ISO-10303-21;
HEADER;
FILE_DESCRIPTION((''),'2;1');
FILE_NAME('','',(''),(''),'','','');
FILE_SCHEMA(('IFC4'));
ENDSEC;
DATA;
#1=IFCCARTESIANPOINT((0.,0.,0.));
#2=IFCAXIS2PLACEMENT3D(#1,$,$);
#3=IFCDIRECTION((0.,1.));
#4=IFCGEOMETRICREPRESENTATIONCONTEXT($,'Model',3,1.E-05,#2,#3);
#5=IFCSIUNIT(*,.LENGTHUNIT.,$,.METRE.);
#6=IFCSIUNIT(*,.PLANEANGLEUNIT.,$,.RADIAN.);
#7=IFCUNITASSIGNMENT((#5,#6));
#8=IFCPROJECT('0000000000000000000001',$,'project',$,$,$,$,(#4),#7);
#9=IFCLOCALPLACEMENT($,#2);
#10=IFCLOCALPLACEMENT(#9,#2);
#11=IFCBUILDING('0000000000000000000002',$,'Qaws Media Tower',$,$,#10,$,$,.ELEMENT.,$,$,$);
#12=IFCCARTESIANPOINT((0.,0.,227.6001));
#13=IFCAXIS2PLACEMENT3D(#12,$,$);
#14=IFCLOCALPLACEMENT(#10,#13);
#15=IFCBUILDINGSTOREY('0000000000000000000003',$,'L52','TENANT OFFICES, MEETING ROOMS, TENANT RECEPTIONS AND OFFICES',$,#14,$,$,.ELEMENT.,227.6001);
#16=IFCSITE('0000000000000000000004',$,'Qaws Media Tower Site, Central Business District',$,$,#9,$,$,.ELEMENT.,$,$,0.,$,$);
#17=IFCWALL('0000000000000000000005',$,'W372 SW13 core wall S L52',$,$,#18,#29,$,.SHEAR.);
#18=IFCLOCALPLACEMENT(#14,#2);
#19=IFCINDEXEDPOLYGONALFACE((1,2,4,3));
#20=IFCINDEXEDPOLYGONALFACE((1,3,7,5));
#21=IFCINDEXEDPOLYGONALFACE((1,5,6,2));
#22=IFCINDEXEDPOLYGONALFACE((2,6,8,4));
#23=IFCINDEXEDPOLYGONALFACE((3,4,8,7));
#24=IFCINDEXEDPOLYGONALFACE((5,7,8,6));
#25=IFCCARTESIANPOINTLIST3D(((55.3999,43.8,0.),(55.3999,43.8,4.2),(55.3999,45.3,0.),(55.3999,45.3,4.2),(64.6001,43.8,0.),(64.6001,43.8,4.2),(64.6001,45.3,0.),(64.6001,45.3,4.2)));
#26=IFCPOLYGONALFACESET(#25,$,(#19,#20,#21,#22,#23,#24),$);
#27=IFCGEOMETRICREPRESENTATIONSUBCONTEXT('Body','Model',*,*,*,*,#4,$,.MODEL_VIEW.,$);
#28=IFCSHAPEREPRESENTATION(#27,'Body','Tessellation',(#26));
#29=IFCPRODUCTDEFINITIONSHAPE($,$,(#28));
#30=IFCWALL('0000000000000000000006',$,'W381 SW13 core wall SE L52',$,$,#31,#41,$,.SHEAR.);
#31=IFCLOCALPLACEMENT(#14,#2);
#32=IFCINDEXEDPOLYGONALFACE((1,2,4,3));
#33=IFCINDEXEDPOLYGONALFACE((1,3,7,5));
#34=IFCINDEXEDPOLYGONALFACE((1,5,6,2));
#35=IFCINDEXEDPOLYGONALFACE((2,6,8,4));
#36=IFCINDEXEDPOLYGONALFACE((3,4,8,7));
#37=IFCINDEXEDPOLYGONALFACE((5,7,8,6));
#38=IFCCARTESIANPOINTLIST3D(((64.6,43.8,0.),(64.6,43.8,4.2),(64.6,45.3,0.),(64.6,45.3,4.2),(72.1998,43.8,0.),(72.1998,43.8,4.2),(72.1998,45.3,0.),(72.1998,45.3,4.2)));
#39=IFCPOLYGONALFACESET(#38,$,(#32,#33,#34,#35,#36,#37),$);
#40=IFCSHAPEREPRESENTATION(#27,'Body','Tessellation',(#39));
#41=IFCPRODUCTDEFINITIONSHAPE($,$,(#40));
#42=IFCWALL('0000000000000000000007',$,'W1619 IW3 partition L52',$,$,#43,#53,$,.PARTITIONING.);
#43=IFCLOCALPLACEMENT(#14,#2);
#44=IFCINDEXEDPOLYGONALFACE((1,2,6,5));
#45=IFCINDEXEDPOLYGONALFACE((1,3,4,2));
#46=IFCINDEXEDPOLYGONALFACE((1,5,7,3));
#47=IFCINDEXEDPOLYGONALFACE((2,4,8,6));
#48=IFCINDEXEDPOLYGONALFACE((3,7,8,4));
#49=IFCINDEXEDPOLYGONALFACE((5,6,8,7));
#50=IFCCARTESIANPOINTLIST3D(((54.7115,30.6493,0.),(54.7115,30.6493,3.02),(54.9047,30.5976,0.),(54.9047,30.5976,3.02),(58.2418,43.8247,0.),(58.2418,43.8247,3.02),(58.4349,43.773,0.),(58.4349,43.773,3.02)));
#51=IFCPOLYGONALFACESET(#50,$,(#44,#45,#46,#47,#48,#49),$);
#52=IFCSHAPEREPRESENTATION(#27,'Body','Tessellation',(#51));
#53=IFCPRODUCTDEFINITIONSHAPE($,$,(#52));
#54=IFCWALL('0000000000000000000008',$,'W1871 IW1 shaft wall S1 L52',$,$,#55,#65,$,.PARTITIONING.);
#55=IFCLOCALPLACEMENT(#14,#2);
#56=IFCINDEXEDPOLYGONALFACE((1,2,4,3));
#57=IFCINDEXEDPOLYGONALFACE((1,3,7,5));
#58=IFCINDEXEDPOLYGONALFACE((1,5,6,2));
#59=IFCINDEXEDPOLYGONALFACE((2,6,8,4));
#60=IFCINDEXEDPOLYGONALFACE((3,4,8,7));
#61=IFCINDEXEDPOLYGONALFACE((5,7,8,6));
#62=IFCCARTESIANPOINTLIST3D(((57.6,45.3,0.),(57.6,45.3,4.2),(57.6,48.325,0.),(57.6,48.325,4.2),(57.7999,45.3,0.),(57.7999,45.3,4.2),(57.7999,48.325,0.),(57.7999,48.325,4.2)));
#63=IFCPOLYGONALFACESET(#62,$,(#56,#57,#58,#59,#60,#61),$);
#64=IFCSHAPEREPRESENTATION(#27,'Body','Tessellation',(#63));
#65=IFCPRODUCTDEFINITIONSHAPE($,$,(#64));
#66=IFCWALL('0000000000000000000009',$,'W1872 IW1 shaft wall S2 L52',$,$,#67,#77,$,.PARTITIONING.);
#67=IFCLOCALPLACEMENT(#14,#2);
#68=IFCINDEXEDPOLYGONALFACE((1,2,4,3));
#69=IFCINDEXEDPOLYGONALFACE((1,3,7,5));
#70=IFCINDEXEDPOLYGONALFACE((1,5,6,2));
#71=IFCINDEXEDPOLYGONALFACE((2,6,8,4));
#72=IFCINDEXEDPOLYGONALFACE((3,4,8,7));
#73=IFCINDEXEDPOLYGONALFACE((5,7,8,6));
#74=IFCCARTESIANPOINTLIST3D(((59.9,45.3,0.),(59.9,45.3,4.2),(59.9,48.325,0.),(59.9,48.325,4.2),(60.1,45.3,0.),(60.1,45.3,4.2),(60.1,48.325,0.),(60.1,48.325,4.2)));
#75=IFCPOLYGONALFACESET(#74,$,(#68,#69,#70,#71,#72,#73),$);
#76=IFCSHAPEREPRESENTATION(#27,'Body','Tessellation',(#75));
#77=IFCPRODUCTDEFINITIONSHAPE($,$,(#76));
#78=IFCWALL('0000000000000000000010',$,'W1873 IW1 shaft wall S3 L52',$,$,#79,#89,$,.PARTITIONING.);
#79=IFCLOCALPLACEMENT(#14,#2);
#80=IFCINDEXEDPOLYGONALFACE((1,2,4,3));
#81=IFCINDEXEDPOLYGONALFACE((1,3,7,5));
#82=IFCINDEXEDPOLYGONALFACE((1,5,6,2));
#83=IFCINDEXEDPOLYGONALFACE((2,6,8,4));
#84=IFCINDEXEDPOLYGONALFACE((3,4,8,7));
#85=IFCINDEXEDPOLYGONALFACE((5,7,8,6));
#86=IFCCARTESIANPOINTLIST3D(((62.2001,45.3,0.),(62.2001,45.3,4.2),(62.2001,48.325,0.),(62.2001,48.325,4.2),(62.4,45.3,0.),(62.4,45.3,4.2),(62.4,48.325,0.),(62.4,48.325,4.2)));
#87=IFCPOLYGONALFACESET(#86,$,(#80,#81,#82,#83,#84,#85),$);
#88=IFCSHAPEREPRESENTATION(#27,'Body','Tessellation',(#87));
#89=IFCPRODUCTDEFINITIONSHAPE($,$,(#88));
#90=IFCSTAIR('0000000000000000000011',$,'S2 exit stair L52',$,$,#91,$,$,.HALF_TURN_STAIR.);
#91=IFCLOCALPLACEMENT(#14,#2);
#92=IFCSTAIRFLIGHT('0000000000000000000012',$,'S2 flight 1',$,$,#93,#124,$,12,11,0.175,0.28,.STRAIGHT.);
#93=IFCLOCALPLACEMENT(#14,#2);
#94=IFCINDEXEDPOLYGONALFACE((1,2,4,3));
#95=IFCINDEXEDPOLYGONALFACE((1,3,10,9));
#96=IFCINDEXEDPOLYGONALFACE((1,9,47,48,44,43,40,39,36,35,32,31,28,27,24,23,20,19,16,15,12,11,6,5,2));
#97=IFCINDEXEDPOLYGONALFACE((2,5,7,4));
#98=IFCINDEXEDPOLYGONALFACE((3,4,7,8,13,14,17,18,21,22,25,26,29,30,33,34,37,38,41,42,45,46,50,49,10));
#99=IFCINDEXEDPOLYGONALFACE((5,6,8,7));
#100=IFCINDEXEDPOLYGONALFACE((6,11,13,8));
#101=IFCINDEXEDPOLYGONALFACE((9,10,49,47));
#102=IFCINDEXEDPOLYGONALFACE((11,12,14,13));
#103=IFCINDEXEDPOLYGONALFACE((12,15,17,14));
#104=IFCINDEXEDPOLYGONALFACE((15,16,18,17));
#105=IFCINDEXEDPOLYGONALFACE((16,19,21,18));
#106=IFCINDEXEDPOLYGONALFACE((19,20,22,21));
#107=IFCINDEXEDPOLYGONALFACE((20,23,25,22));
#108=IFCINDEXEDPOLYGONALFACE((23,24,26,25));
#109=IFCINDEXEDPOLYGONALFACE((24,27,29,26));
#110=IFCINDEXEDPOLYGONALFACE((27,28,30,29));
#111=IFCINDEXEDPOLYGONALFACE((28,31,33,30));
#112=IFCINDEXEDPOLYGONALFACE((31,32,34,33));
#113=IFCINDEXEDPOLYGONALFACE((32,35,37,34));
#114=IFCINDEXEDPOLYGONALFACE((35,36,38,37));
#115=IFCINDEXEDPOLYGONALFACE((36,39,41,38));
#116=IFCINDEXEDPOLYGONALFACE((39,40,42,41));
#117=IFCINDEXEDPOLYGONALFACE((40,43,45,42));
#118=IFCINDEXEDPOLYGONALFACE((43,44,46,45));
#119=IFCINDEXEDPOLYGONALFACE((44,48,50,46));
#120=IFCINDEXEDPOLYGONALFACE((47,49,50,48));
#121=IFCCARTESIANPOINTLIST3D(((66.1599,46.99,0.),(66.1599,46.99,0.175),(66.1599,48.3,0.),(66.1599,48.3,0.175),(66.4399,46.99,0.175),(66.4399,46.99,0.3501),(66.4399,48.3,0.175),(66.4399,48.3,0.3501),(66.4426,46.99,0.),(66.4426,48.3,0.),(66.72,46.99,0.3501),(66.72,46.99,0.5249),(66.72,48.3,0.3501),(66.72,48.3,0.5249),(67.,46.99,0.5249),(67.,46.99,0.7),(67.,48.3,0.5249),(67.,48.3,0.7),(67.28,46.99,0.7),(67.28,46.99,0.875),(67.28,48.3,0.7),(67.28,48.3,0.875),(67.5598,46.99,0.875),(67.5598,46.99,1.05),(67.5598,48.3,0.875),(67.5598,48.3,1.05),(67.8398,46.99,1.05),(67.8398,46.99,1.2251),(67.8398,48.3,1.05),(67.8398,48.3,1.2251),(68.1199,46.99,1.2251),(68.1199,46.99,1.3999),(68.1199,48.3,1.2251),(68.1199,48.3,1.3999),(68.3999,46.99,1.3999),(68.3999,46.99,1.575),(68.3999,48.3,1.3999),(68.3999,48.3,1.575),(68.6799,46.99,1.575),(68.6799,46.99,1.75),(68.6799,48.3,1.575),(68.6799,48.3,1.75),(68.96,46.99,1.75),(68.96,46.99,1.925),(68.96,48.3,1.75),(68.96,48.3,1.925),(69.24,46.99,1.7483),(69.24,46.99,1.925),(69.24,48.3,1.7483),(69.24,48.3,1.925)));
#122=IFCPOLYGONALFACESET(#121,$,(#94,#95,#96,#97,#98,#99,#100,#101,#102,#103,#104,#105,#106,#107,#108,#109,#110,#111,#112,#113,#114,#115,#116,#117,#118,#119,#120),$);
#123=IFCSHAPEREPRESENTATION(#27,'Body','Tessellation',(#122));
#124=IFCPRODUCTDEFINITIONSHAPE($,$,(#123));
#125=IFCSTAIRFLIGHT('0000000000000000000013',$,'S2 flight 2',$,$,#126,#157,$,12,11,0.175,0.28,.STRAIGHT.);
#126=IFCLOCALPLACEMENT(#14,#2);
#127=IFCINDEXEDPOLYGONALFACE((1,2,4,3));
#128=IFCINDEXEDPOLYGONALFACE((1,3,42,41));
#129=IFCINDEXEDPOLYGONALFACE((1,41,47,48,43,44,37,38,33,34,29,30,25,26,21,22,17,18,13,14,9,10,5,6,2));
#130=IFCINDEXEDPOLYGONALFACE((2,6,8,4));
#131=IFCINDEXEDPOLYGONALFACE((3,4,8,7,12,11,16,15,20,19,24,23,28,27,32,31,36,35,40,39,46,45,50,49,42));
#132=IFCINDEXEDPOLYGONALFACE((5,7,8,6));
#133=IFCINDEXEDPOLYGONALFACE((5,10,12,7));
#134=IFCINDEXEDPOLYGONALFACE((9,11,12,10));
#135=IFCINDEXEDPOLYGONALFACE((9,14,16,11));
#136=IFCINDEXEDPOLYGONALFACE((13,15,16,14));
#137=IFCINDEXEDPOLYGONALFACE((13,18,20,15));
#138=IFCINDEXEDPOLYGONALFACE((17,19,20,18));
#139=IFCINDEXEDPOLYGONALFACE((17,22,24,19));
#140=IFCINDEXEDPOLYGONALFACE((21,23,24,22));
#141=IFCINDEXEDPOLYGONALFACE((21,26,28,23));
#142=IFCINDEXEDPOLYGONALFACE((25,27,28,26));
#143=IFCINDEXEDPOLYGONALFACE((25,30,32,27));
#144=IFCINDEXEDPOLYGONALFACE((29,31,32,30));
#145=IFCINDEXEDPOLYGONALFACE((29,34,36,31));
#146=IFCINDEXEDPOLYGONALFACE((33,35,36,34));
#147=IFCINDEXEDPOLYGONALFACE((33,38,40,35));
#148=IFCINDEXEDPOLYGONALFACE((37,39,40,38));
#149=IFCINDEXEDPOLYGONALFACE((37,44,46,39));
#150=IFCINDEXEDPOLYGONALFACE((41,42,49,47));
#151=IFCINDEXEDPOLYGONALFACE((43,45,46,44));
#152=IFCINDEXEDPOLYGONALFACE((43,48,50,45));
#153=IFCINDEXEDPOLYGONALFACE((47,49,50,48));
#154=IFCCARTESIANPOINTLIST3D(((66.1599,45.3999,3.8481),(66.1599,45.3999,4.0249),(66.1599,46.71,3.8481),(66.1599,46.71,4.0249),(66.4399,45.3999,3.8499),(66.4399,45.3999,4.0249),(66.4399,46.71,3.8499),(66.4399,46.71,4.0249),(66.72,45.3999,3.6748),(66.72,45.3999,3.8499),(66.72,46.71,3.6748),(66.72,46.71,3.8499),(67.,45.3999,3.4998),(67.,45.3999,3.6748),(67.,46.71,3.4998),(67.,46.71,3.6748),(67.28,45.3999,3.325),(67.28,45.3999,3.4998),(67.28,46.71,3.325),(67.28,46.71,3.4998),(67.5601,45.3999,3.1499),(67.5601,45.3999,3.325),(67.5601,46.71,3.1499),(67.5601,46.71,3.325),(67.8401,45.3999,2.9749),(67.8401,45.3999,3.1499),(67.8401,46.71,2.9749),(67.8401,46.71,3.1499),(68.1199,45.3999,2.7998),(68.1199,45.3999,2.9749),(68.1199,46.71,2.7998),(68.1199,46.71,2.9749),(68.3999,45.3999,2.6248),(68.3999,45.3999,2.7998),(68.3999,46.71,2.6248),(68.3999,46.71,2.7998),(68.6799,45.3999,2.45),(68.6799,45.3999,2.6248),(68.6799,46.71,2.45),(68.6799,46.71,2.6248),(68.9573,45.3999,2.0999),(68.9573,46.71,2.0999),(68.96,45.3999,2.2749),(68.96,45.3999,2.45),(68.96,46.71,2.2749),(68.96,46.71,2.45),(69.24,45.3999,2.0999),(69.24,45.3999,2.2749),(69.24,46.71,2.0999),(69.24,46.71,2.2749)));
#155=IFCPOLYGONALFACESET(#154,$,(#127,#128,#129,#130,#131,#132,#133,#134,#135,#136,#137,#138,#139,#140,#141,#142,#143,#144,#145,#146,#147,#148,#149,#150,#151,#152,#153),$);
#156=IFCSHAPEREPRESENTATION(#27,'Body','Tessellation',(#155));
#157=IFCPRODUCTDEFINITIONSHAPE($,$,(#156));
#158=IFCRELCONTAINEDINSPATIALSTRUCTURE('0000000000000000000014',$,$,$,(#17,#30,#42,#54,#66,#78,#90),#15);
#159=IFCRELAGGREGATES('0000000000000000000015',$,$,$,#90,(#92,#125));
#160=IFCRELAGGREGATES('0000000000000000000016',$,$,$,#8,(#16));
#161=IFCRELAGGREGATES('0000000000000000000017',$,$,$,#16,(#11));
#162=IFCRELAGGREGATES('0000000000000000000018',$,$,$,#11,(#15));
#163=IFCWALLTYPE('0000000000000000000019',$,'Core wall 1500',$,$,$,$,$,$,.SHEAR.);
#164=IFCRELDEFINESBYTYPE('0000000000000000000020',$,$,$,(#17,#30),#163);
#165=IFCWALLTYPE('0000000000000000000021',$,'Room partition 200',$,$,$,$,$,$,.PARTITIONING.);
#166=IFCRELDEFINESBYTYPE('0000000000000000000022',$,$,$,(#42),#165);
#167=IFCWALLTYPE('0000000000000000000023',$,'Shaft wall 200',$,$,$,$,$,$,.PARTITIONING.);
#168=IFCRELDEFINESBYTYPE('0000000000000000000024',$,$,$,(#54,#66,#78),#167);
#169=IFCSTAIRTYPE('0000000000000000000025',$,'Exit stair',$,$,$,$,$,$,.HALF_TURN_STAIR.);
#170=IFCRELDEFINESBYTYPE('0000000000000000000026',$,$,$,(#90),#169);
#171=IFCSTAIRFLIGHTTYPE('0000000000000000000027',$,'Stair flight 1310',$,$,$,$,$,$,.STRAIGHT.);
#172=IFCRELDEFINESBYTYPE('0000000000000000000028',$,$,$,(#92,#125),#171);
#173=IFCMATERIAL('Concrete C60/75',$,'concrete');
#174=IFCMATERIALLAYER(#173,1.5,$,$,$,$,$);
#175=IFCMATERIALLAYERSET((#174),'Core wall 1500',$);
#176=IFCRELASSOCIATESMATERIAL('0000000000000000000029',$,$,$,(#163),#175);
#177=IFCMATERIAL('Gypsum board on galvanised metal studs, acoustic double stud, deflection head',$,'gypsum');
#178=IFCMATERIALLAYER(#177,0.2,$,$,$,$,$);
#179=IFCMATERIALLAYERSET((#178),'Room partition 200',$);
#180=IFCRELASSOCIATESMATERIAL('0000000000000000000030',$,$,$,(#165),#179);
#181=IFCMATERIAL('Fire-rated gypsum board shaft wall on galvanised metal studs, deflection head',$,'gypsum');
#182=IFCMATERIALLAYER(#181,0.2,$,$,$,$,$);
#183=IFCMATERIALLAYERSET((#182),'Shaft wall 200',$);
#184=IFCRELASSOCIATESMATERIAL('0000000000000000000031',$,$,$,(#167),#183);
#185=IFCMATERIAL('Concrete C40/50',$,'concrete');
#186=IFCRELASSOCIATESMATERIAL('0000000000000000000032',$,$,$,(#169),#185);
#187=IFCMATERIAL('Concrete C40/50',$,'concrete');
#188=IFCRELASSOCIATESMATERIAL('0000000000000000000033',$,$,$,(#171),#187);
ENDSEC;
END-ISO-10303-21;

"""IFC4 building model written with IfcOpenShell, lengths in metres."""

from ifc_helpers import new_model, si_unit, direction, frame, frame_2d, origin, place, context, subcontext, project, spatial, polyline, rectangle, outline, extrude, material, layer, layer_set, type_object, element, aggregate, save


model = new_model("IFC4")

# Units and contexts
model_context = context("Model", 3, precision=1e-05, world=origin(), true_north=direction((0.0, 1.0)))
body_context = subcontext(model_context, "Body", "Model", "MODEL_VIEW")
ifc_project = project(units=[si_unit("LENGTHUNIT", "METRE"), si_unit("PLANEANGLEUNIT", "RADIAN")], contexts=[model_context])

# Site, building, storey
site_placement = place(None, origin())
site = spatial("IfcSite", under=ifc_project, at=site_placement, Name="Qaws Media Tower Site, Central Business District", CompositionType="ELEMENT", RefElevation=0.0)
building_placement = place(site_placement, origin())
building = spatial("IfcBuilding", under=site, at=building_placement, Name="Qaws Media Tower", CompositionType="ELEMENT")
storey_placement = place(building_placement, frame((0.0, 0.0, 227.6001)))
storey = spatial("IfcBuildingStorey", under=building, at=storey_placement, Name="L52", Description="TENANT OFFICES, MEETING ROOMS, TENANT RECEPTIONS AND OFFICES", CompositionType="ELEMENT", Elevation=227.6001)

# Walls
ifc_material_1 = material(Name="Concrete C60/75", Category="concrete")
ifc_layer_1 = layer(ifc_material_1, 1.5)
ifc_layer_set_1 = layer_set([ifc_layer_1], Name="Core wall 1500")
wall_type_1 = type_object("IfcWallType", Name="Core wall 1500", PredefinedType="SHEAR", material=ifc_layer_set_1)
wall_1_placement = place(storey_placement, frame((55.3999, 44.55, 0.0), z_axis=(0.0, 0.0, 1.0), x_axis=(1.0, 0.0, 0.0)))
element("IfcWall", 1, at=wall_1_placement, inside=storey, type_object=wall_type_1, Name="W372 SW13 core wall S L52", PredefinedType="SHEAR", context=body_context, shape_type="SweptSolid", body=[
    extrude(rectangle(XDim=9.2002, YDim=1.5, at=frame_2d((4.6001, 0.0))), origin(), (0.0, 0.0, 1.0), 4.2),
])
wall_2_placement = place(storey_placement, frame((64.6001, 44.55, 0.0), z_axis=(0.0, 0.0, 1.0), x_axis=(1.0, 0.0, 0.0)))
element("IfcWall", 2, at=wall_2_placement, inside=storey, type_object=wall_type_1, Name="W381 SW13 core wall SE L52", PredefinedType="SHEAR", context=body_context, shape_type="SweptSolid", body=[
    extrude(rectangle(XDim=7.5999, YDim=1.5, at=frame_2d((3.7998, 0.0))), origin(), (0.0, 0.0, 1.0), 4.2),
])
ifc_material_2 = material(Name="Gypsum board on galvanised metal studs, acoustic double stud, deflection head", Category="gypsum")
ifc_layer_2 = layer(ifc_material_2, 0.2)
ifc_layer_set_2 = layer_set([ifc_layer_2], Name="Room partition 200")
wall_type_2 = type_object("IfcWallType", Name="Room partition 200", PredefinedType="PARTITIONING", material=ifc_layer_set_2)
wall_3_placement = place(storey_placement, frame((58.3384, 43.7988, 0.0), z_axis=(0.0, 0.0, 1.0), x_axis=(-0.258817, -0.965926, 0.0)))
element("IfcWall", 3, at=wall_3_placement, inside=storey, type_object=wall_type_2, Name="W1619 IW3 partition L52", PredefinedType="PARTITIONING", context=body_context, shape_type="SweptSolid", body=[
    extrude(rectangle(XDim=13.6401, YDim=0.2, at=frame_2d((6.8201, 0.0))), origin(), (0.0, 0.0, 1.0), 3.02),
])
ifc_material_3 = material(Name="Fire-rated gypsum board shaft wall on galvanised metal studs, deflection head", Category="gypsum")
ifc_layer_3 = layer(ifc_material_3, 0.2)
ifc_layer_set_3 = layer_set([ifc_layer_3], Name="Shaft wall 200")
wall_type_3 = type_object("IfcWallType", Name="Shaft wall 200", PredefinedType="PARTITIONING", material=ifc_layer_set_3)
for number, where, z_axis, x_axis, name in (
    (4, (57.7, 45.3, 0.0), (0.0, 0.0, 1.0), (0.0, 1.0, 0.0), "W1871 IW1 shaft wall S1 L52"),
    (5, (60.0, 45.3, 0.0), (0.0, 0.0, 1.0), (0.0, 1.0, 0.0), "W1872 IW1 shaft wall S2 L52"),
    (6, (62.3, 45.3, 0.0), (0.0, 0.0, 1.0), (0.0, 1.0, 0.0), "W1873 IW1 shaft wall S3 L52"),
):
    element("IfcWall", number, at=place(storey_placement, frame(where, z_axis=z_axis, x_axis=x_axis)), inside=storey, type_object=wall_type_3, Name=name, PredefinedType="PARTITIONING", context=body_context, shape_type="SweptSolid", body=[
        extrude(rectangle(XDim=3.0249, YDim=0.2, at=frame_2d((1.5125, 0.0))), origin(), (0.0, 0.0, 1.0), 4.2),
    ])

# Stair, stair flights
ifc_material_4 = material(Name="Concrete C40/50", Category="concrete")
stair_type = type_object("IfcStairType", Name="Exit stair", PredefinedType="HALF_TURN_STAIR", material=ifc_material_4)
stair_placement = place(storey_placement, origin())
stair = element("IfcStair", 7, at=stair_placement, inside=storey, type_object=stair_type, Name="S2 exit stair L52", PredefinedType="HALF_TURN_STAIR")
ifc_material_5 = material(Name="Concrete C40/50", Category="concrete")
stair_flight_type = type_object("IfcStairFlightType", Name="Stair flight 1310", PredefinedType="STRAIGHT", material=ifc_material_5)
stair_flight_1_placement = place(storey_placement, frame((66.1599, 47.645, 0.0), z_axis=(0.0, 0.0, 1.0), x_axis=(1.0, 0.0, 0.0)))
stair_flight_1 = element("IfcStairFlight", 8, at=stair_flight_1_placement, type_object=stair_flight_type, Name="S2 flight 1", NumberOfRisers=12, NumberOfTreads=11, PredefinedType="STRAIGHT", RiserHeight=0.175, TreadLength=0.28, context=body_context, shape_type="SweptSolid", body=[
    extrude(outline(polyline([(0.0, 0.0), (0.0, 0.175), (0.28, 0.175), (0.28, 0.3501), (0.5601, 0.3501), (0.5601, 0.5249), (0.8401, 0.5249), (0.8401, 0.7), (1.1201, 0.7), (1.1201, 0.875), (1.3999, 0.875), (1.3999, 1.05), (1.6799, 1.05), (1.6799, 1.2251), (1.96, 1.2251), (1.96, 1.3999), (2.24, 1.3999), (2.24, 1.575), (2.52, 1.575), (2.52, 1.75), (2.8, 1.75), (2.8, 1.925), (3.0801, 1.925), (3.0801, 2.1001), (3.0801, 1.7483), (0.2827, 0.0), (0.0, 0.0)])), frame((0.0, 0.655, 0.0), z_axis=(0.0, -1.0, 0.0), x_axis=(1.0, 0.0, 0.0)), (0.0, 0.0, 1.0), 1.3101),
])
stair_flight_2_placement = place(storey_placement, frame((69.24, 46.0549, 2.0999), z_axis=(0.0, 0.0, 1.0), x_axis=(-1.0, 0.0, 0.0)))
stair_flight_2 = element("IfcStairFlight", 9, at=stair_flight_2_placement, type_object=stair_flight_type, Name="S2 flight 2", NumberOfRisers=12, NumberOfTreads=11, PredefinedType="STRAIGHT", RiserHeight=0.175, TreadLength=0.28, context=body_context, shape_type="SweptSolid", body=[
    extrude(outline(polyline([(0.0, 0.0), (0.0, 0.175), (0.28, 0.175), (0.28, 0.3501), (0.5601, 0.3501), (0.5601, 0.5249), (0.8401, 0.5249), (0.8401, 0.7), (1.1201, 0.7), (1.1201, 0.875), (1.3999, 0.875), (1.3999, 1.05), (1.6799, 1.05), (1.6799, 1.2251), (1.96, 1.2251), (1.96, 1.3999), (2.24, 1.3999), (2.24, 1.575), (2.52, 1.575), (2.52, 1.75), (2.8, 1.75), (2.8, 1.925), (3.0801, 1.925), (3.0801, 2.1001), (3.0801, 1.7483), (0.2827, 0.0), (0.0, 0.0)])), frame((0.0, 0.655, 0.0), z_axis=(0.0, -1.0, 0.0), x_axis=(1.0, 0.0, 0.0)), (0.0, 0.0, 1.0), 1.3101),
])
aggregate(stair, [stair_flight_1, stair_flight_2])

save(model, "model.ifc")
